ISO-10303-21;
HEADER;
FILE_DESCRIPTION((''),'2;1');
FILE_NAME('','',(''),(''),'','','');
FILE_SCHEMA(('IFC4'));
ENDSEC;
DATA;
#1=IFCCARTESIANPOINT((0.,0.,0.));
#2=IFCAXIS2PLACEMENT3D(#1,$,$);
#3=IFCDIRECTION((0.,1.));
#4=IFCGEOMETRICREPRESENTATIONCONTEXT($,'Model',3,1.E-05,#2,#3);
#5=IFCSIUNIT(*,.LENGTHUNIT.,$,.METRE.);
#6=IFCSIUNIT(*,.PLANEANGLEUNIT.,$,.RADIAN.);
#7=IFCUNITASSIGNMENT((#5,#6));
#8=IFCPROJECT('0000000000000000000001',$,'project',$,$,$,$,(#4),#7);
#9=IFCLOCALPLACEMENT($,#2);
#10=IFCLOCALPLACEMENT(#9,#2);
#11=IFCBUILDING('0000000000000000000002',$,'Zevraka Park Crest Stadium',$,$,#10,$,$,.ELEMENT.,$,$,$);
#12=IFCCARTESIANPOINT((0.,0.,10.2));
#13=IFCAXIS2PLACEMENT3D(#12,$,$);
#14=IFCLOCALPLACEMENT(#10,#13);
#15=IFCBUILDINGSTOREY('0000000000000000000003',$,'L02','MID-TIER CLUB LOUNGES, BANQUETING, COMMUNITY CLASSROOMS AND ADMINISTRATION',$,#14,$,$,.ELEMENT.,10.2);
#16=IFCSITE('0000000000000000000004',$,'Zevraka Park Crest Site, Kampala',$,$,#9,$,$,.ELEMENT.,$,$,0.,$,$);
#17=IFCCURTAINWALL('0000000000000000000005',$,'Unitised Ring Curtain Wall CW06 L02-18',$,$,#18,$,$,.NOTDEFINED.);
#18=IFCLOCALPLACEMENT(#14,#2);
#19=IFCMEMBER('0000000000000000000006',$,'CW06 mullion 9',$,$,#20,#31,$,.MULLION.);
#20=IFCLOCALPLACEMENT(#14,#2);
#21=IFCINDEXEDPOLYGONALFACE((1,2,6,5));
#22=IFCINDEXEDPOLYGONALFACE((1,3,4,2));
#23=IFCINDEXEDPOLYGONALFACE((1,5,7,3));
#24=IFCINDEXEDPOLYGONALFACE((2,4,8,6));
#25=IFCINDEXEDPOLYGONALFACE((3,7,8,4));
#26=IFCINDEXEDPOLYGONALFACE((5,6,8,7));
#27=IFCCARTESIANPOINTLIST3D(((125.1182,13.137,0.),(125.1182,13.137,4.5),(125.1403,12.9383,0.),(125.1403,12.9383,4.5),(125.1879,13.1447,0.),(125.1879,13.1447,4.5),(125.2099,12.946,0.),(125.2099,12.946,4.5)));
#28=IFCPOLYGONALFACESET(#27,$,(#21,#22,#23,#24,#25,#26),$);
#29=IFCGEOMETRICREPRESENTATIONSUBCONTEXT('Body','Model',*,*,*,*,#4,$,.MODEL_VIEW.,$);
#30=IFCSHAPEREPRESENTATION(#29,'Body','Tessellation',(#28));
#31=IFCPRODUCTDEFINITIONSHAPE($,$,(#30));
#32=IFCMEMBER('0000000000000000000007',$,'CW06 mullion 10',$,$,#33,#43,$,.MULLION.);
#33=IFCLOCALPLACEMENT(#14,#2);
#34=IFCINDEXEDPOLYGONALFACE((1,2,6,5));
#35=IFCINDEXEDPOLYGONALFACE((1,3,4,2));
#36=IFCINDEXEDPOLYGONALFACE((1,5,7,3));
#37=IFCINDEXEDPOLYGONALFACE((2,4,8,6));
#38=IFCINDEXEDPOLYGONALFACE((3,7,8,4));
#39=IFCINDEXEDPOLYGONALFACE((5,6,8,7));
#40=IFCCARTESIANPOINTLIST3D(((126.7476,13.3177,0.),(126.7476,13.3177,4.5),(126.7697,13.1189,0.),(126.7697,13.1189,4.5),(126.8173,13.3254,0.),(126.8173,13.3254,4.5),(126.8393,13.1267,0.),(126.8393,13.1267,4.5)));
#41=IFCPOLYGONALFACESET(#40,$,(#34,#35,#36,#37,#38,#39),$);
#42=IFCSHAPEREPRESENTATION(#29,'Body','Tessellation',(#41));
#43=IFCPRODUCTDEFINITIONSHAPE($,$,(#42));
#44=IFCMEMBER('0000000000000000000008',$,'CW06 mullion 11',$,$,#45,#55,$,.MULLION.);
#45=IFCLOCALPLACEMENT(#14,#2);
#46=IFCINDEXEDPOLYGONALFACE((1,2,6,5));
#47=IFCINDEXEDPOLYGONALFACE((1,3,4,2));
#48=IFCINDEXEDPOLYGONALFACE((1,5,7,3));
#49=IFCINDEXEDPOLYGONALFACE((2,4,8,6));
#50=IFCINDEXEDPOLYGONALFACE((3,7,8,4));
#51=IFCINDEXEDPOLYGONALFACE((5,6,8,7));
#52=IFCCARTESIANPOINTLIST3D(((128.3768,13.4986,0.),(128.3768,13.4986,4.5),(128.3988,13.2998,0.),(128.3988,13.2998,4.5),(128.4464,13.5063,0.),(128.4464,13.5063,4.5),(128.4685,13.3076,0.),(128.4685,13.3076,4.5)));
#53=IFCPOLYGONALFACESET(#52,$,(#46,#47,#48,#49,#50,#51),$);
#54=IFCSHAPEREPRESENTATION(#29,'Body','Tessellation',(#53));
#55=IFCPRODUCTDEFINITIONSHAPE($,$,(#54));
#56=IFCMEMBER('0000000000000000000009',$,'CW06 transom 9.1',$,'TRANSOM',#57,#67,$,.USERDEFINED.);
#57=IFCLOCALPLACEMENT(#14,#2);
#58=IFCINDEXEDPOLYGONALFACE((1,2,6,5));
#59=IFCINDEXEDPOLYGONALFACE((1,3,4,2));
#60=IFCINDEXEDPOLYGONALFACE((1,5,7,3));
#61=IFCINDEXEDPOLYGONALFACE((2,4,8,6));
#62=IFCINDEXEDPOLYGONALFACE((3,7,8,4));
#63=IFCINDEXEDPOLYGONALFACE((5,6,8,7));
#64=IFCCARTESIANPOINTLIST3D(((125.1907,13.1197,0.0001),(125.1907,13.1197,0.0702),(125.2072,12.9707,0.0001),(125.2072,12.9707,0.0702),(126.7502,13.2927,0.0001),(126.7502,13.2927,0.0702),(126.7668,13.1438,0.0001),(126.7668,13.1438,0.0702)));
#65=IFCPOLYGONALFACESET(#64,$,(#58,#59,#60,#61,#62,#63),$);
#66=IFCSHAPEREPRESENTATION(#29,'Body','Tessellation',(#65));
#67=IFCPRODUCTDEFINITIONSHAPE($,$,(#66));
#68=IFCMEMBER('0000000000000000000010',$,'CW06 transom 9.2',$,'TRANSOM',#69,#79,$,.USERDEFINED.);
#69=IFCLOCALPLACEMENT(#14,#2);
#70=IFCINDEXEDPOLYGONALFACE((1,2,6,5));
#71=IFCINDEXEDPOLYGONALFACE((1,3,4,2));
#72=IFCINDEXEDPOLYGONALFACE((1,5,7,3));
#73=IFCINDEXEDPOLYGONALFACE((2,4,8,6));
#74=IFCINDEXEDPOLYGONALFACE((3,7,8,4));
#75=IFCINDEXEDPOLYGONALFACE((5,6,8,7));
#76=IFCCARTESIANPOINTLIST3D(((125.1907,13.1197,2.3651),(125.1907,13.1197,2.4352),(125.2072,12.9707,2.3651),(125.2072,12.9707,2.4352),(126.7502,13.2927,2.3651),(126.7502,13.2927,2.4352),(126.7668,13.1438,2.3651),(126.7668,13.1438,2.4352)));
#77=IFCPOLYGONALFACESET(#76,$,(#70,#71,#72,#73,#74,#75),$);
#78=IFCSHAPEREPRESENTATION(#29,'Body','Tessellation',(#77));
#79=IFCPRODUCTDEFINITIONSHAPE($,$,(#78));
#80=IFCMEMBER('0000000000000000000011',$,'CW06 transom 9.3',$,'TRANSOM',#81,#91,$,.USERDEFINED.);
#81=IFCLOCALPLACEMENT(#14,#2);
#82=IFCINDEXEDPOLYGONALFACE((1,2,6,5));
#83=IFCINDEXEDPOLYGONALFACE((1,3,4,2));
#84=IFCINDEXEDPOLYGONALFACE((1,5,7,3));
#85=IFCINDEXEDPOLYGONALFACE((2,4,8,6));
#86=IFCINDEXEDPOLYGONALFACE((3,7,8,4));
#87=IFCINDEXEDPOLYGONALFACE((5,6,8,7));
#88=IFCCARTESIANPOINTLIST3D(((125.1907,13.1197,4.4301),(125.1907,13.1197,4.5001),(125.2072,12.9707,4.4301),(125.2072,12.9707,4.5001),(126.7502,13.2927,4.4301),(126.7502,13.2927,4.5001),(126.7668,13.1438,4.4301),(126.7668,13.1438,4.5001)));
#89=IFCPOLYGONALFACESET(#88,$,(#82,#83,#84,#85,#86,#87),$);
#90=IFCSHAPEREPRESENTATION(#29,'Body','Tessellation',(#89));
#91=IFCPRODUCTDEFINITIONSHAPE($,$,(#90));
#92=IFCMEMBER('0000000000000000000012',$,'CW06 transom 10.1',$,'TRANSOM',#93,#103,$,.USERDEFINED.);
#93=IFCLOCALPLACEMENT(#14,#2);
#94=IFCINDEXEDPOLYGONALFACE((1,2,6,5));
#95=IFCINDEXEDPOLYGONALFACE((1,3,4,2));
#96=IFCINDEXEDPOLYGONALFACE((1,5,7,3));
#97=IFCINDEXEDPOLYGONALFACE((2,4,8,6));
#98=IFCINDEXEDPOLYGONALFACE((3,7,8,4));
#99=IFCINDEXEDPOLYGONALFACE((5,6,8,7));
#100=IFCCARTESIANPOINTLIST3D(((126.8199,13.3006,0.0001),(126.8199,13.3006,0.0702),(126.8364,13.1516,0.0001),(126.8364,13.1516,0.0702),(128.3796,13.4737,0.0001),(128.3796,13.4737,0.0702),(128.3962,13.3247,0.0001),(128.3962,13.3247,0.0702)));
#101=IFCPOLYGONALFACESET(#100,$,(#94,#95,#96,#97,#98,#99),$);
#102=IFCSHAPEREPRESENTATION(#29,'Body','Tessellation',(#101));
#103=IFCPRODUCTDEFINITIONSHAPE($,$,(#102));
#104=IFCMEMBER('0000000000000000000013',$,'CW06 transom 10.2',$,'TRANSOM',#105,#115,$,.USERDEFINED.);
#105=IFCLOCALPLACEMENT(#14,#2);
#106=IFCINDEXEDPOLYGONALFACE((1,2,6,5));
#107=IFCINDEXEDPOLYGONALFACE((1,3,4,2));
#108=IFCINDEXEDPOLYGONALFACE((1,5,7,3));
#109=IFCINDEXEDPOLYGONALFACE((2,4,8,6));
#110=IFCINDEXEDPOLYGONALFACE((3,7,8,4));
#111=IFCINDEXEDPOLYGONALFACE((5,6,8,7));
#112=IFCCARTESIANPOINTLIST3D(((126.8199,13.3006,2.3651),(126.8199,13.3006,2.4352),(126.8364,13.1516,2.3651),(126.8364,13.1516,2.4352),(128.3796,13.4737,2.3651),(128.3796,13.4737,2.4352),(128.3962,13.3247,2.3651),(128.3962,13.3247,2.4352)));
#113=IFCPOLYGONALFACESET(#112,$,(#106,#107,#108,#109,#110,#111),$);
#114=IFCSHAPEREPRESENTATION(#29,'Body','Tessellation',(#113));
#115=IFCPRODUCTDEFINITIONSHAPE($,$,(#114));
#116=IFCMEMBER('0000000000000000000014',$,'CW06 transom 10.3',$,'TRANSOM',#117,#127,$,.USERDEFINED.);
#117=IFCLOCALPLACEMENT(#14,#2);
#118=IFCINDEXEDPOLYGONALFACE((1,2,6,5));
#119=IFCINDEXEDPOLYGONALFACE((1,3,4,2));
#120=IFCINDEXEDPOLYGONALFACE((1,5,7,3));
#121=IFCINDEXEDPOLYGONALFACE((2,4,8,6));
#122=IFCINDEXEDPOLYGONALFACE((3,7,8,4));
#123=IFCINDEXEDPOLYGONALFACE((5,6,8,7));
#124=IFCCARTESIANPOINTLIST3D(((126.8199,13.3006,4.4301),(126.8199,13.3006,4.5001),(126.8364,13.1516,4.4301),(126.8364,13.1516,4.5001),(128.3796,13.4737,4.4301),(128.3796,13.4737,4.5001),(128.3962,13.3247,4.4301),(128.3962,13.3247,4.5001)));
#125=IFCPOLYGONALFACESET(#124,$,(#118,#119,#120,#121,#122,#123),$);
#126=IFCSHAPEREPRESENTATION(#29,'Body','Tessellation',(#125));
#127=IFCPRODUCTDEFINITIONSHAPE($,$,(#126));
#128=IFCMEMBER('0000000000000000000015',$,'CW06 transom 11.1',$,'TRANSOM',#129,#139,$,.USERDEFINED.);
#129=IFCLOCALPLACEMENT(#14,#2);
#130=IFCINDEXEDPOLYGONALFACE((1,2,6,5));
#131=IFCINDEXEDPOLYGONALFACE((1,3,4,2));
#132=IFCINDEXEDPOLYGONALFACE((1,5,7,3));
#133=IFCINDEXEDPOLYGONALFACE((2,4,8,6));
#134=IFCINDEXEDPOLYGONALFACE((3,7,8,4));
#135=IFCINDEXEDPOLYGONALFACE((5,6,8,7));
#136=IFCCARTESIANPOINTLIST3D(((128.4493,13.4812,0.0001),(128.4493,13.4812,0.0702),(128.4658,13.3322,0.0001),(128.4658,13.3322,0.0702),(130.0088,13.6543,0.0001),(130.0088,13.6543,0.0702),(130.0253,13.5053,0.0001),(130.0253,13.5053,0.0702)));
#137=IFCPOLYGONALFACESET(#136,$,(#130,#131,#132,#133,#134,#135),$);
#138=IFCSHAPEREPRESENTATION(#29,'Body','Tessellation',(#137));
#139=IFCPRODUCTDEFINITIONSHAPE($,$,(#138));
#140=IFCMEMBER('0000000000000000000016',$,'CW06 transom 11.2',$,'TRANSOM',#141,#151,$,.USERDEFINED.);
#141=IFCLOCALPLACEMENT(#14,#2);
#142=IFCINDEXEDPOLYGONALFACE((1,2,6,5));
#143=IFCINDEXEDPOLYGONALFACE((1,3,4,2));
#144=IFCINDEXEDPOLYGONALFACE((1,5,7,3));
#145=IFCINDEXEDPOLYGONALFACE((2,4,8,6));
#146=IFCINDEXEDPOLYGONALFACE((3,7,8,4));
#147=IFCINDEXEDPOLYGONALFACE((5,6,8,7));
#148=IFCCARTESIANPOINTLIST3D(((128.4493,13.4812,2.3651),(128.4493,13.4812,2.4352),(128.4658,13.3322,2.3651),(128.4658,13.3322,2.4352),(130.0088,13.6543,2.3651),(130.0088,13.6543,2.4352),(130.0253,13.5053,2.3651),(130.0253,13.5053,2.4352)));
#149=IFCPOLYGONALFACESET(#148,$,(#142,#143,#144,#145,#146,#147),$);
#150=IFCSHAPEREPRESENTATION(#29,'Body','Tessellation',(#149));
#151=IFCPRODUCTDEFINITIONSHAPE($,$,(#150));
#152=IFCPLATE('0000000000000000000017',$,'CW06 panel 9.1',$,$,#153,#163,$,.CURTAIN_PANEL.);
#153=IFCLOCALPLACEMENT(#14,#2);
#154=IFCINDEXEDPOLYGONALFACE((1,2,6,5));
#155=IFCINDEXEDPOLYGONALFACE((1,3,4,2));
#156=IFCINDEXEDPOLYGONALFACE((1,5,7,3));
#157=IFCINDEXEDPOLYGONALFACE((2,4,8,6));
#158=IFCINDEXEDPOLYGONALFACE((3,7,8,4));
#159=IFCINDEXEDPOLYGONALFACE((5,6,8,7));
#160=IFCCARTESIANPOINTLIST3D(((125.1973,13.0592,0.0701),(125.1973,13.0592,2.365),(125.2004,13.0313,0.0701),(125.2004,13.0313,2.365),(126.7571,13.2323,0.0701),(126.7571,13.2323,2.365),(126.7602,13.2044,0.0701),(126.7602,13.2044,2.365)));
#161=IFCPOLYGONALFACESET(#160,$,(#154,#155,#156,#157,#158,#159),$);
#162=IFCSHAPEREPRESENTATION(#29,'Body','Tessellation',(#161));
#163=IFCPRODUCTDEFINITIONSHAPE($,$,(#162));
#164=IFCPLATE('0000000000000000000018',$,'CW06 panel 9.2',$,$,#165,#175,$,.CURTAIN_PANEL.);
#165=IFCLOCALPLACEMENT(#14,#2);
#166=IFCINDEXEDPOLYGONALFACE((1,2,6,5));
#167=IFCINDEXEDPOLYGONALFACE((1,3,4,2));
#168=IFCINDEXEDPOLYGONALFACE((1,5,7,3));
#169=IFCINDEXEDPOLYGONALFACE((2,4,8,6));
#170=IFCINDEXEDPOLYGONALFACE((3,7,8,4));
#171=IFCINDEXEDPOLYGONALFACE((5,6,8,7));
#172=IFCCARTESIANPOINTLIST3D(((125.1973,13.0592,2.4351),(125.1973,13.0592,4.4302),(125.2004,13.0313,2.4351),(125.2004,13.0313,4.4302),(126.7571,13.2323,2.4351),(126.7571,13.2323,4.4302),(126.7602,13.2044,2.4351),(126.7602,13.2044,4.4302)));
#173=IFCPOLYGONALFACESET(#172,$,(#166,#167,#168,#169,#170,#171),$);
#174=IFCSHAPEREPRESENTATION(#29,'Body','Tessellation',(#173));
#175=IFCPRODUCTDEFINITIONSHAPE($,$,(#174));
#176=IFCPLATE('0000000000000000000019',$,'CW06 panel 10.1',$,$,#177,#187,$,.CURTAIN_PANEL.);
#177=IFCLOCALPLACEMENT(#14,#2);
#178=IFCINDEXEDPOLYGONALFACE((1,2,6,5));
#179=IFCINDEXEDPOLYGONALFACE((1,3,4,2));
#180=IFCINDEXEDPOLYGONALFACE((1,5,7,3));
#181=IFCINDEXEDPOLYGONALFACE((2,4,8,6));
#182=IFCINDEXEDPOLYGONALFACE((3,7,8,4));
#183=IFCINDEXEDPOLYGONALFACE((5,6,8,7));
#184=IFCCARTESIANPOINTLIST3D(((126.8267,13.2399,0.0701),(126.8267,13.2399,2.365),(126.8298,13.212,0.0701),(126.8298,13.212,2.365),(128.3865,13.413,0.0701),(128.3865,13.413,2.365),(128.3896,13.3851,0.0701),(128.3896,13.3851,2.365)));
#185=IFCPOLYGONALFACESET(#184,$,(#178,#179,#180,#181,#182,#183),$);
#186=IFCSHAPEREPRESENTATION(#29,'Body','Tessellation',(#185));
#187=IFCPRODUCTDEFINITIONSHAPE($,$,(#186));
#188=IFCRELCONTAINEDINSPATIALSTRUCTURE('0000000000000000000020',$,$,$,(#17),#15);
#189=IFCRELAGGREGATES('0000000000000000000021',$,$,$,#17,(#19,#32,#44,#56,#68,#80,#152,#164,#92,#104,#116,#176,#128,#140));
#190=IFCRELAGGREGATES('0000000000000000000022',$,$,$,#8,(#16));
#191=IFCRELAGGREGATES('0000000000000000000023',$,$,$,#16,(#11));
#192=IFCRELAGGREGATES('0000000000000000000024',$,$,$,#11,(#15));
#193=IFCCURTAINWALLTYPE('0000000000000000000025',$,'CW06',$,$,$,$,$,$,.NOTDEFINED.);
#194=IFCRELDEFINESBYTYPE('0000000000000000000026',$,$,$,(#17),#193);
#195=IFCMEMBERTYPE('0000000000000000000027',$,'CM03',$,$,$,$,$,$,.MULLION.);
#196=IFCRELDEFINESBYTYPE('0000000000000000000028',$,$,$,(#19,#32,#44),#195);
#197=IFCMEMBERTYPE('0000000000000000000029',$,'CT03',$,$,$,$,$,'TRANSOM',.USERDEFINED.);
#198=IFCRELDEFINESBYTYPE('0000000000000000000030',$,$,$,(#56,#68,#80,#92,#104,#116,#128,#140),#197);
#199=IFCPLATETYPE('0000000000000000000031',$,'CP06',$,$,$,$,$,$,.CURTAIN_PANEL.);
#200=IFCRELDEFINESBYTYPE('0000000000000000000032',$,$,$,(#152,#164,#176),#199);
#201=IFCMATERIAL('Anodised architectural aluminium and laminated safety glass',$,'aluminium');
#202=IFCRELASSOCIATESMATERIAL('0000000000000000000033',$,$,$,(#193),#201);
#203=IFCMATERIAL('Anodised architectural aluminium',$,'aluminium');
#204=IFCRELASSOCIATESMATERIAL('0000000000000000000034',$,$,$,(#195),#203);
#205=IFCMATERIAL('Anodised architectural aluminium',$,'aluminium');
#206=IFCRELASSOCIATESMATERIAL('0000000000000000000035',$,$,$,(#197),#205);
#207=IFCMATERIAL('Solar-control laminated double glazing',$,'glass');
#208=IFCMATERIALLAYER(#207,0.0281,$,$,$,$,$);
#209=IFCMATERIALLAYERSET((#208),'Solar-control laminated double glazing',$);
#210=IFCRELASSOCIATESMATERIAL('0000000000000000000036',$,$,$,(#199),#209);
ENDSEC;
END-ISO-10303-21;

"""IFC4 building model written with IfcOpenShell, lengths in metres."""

from ifc_helpers import new_model, si_unit, direction, frame, origin, origin_2d, place, context, subcontext, project, spatial, rectangle, extrude, material, layer, layer_set, material_profile, profile_set, type_object, element, aggregate, save


model = new_model("IFC4")

# Units and contexts
model_context = context("Model", 3, precision=1e-05, world=origin(), true_north=direction((0.0, 1.0)))
body_context = subcontext(model_context, "Body", "Model", "MODEL_VIEW")
ifc_project = project(units=[si_unit("LENGTHUNIT", "METRE"), si_unit("PLANEANGLEUNIT", "RADIAN")], contexts=[model_context])

# Site, building, storey
site_placement = place(None, origin())
site = spatial("IfcSite", under=ifc_project, at=site_placement, Name="Zevraka Park Crest Site, Kampala", CompositionType="ELEMENT", RefElevation=0.0)
building_placement = place(site_placement, origin())
building = spatial("IfcBuilding", under=site, at=building_placement, Name="Zevraka Park Crest Stadium", CompositionType="ELEMENT")
storey_placement = place(building_placement, frame((0.0, 0.0, 10.2)))
storey = spatial("IfcBuildingStorey", under=building, at=storey_placement, Name="L02", Description="MID-TIER CLUB LOUNGES, BANQUETING, COMMUNITY CLASSROOMS AND ADMINISTRATION", CompositionType="ELEMENT", Elevation=10.2)

# Curtain wall, members, plates
ifc_material_1 = material(Name="Anodised architectural aluminium and laminated safety glass", Category="aluminium")
curtain_wall_type = type_object("IfcCurtainWallType", Name="CW06", PredefinedType="NOTDEFINED", material=ifc_material_1)
curtain_wall_placement = place(storey_placement, origin())
curtain_wall = element("IfcCurtainWall", 1, at=curtain_wall_placement, inside=storey, type_object=curtain_wall_type, Name="Unitised Ring Curtain Wall CW06 L02-18", PredefinedType="NOTDEFINED")
ifc_material_2 = material(Name="Anodised architectural aluminium", Category="aluminium")
ifc_material_profile_1 = material_profile(ifc_material_2, rectangle(XDim=0.2, YDim=0.0701, at=origin_2d()), Name="ALU MULLION 200x70")
ifc_profile_set_1 = profile_set([ifc_material_profile_1], Name="Anodised architectural aluminium")
member_type_1 = type_object("IfcMemberType", Name="CM03", PredefinedType="MULLION", material=ifc_profile_set_1)
member_1_placement = place(storey_placement, frame((125.1641, 13.0415, 0.0), z_axis=(0.0, 0.0, 1.0), x_axis=(-0.110293, 0.993899, 0.0)))
member_1 = element("IfcMember", 2, at=member_1_placement, type_object=member_type_1, Name="CW06 mullion 9", PredefinedType="MULLION", context=body_context, shape_type="SweptSolid", body=[
    extrude(rectangle(XDim=0.2, YDim=0.0701, at=origin_2d()), origin(), (0.0, 0.0, 1.0), 4.5),
])
member_2_placement = place(storey_placement, frame((126.7935, 13.2222, 0.0), z_axis=(0.0, 0.0, 1.0), x_axis=(-0.110293, 0.993899, 0.0)))
member_2 = element("IfcMember", 3, at=member_2_placement, type_object=member_type_1, Name="CW06 mullion 10", PredefinedType="MULLION", context=body_context, shape_type="SweptSolid", body=[
    extrude(rectangle(XDim=0.2, YDim=0.0701, at=origin_2d()), origin(), (0.0, 0.0, 1.0), 4.5),
])
member_3_placement = place(storey_placement, frame((128.4226, 13.4031, 0.0), z_axis=(0.0, 0.0, 1.0), x_axis=(-0.110293, 0.993899, 0.0)))
member_3 = element("IfcMember", 4, at=member_3_placement, type_object=member_type_1, Name="CW06 mullion 11", PredefinedType="MULLION", context=body_context, shape_type="SweptSolid", body=[
    extrude(rectangle(XDim=0.2, YDim=0.0701, at=origin_2d()), origin(), (0.0, 0.0, 1.0), 4.5),
])
ifc_material_3 = material(Name="Anodised architectural aluminium", Category="aluminium")
ifc_material_profile_2 = material_profile(ifc_material_3, rectangle(XDim=0.1499, YDim=0.0701, at=origin_2d()), Name="ALU TRANSOM 150x70")
ifc_profile_set_2 = profile_set([ifc_material_profile_2], Name="Anodised architectural aluminium")
member_type_2 = type_object("IfcMemberType", Name="CT03", ElementType="TRANSOM", PredefinedType="USERDEFINED", material=ifc_profile_set_2)
member_4_placement = place(storey_placement, frame((125.199, 13.0452, 0.0352), z_axis=(0.993897, 0.110312, 0.0), x_axis=(-0.110312, 0.993897, 0.0)))
member_4 = element("IfcMember", 5, at=member_4_placement, type_object=member_type_2, Name="CW06 transom 9.1", ObjectType="TRANSOM", PredefinedType="USERDEFINED", context=body_context, shape_type="SweptSolid", body=[
    extrude(rectangle(XDim=0.1499, YDim=0.0701, at=origin_2d()), origin(), (0.0, 0.0, 1.0), 1.5691),
])
member_5_placement = place(storey_placement, frame((125.199, 13.0452, 2.4001), z_axis=(0.993897, 0.110312, 0.0), x_axis=(-0.110312, 0.993897, 0.0)))
member_5 = element("IfcMember", 6, at=member_5_placement, type_object=member_type_2, Name="CW06 transom 9.2", ObjectType="TRANSOM", PredefinedType="USERDEFINED", context=body_context, shape_type="SweptSolid", body=[
    extrude(rectangle(XDim=0.1499, YDim=0.0701, at=origin_2d()), origin(), (0.0, 0.0, 1.0), 1.5691),
])
member_6_placement = place(storey_placement, frame((125.199, 13.0452, 4.4651), z_axis=(0.993897, 0.110312, 0.0), x_axis=(-0.110312, 0.993897, 0.0)))
member_6 = element("IfcMember", 7, at=member_6_placement, type_object=member_type_2, Name="CW06 transom 9.3", ObjectType="TRANSOM", PredefinedType="USERDEFINED", context=body_context, shape_type="SweptSolid", body=[
    extrude(rectangle(XDim=0.1499, YDim=0.0701, at=origin_2d()), origin(), (0.0, 0.0, 1.0), 1.5691),
])
member_7_placement = place(storey_placement, frame((126.8281, 13.2261, 0.0352), z_axis=(0.993899, 0.110295, 0.0), x_axis=(-0.110295, 0.993899, 0.0)))
member_7 = element("IfcMember", 8, at=member_7_placement, type_object=member_type_2, Name="CW06 transom 10.1", ObjectType="TRANSOM", PredefinedType="USERDEFINED", context=body_context, shape_type="SweptSolid", body=[
    extrude(rectangle(XDim=0.1499, YDim=0.0701, at=origin_2d()), origin(), (0.0, 0.0, 1.0), 1.5693),
])
member_8_placement = place(storey_placement, frame((126.8281, 13.2261, 2.4001), z_axis=(0.993899, 0.110295, 0.0), x_axis=(-0.110295, 0.993899, 0.0)))
member_8 = element("IfcMember", 9, at=member_8_placement, type_object=member_type_2, Name="CW06 transom 10.2", ObjectType="TRANSOM", PredefinedType="USERDEFINED", context=body_context, shape_type="SweptSolid", body=[
    extrude(rectangle(XDim=0.1499, YDim=0.0701, at=origin_2d()), origin(), (0.0, 0.0, 1.0), 1.5693),
])
member_9_placement = place(storey_placement, frame((126.8281, 13.2261, 4.4651), z_axis=(0.993899, 0.110295, 0.0), x_axis=(-0.110295, 0.993899, 0.0)))
member_9 = element("IfcMember", 10, at=member_9_placement, type_object=member_type_2, Name="CW06 transom 10.3", ObjectType="TRANSOM", PredefinedType="USERDEFINED", context=body_context, shape_type="SweptSolid", body=[
    extrude(rectangle(XDim=0.1499, YDim=0.0701, at=origin_2d()), origin(), (0.0, 0.0, 1.0), 1.5693),
])
member_10_placement = place(storey_placement, frame((128.4575, 13.4067, 0.0352), z_axis=(0.993897, 0.110312, 0.0), x_axis=(-0.110312, 0.993897, 0.0)))
member_10 = element("IfcMember", 11, at=member_10_placement, type_object=member_type_2, Name="CW06 transom 11.1", ObjectType="TRANSOM", PredefinedType="USERDEFINED", context=body_context, shape_type="SweptSolid", body=[
    extrude(rectangle(XDim=0.1499, YDim=0.0701, at=origin_2d()), origin(), (0.0, 0.0, 1.0), 1.5691),
])
member_11_placement = place(storey_placement, frame((128.4575, 13.4067, 2.4001), z_axis=(0.993897, 0.110312, 0.0), x_axis=(-0.110312, 0.993897, 0.0)))
member_11 = element("IfcMember", 12, at=member_11_placement, type_object=member_type_2, Name="CW06 transom 11.2", ObjectType="TRANSOM", PredefinedType="USERDEFINED", context=body_context, shape_type="SweptSolid", body=[
    extrude(rectangle(XDim=0.1499, YDim=0.0701, at=origin_2d()), origin(), (0.0, 0.0, 1.0), 1.5691),
])
ifc_material_4 = material(Name="Solar-control laminated double glazing", Category="glass")
ifc_layer_1 = layer(ifc_material_4, 0.0281)
ifc_layer_set_1 = layer_set([ifc_layer_1], Name="Solar-control laminated double glazing")
plate_type = type_object("IfcPlateType", Name="CP06", PredefinedType="CURTAIN_PANEL", material=ifc_layer_set_1)
plate_1_placement = place(storey_placement, frame((125.9788, 13.1318, 0.0701), z_axis=(0.0, 0.0, 1.0), x_axis=(0.993899, 0.110293, 0.0)))
plate_1 = element("IfcPlate", 13, at=plate_1_placement, type_object=plate_type, Name="CW06 panel 9.1", PredefinedType="CURTAIN_PANEL", context=body_context, shape_type="SweptSolid", body=[
    extrude(rectangle(XDim=1.5693, YDim=0.0281, at=origin_2d()), origin(), (0.0, 0.0, 1.0), 2.2949),
])
plate_2_placement = place(storey_placement, frame((125.9788, 13.1318, 2.4351), z_axis=(0.0, 0.0, 1.0), x_axis=(0.993899, 0.110293, 0.0)))
plate_2 = element("IfcPlate", 14, at=plate_2_placement, type_object=plate_type, Name="CW06 panel 9.2", PredefinedType="CURTAIN_PANEL", context=body_context, shape_type="SweptSolid", body=[
    extrude(rectangle(XDim=1.5693, YDim=0.0281, at=origin_2d()), origin(), (0.0, 0.0, 1.0), 1.9951),
])
plate_3_placement = place(storey_placement, frame((127.6082, 13.3125, 0.0701), z_axis=(0.0, 0.0, 1.0), x_axis=(0.993899, 0.110293, 0.0)))
plate_3 = element("IfcPlate", 15, at=plate_3_placement, type_object=plate_type, Name="CW06 panel 10.1", PredefinedType="CURTAIN_PANEL", context=body_context, shape_type="SweptSolid", body=[
    extrude(rectangle(XDim=1.5693, YDim=0.0281, at=origin_2d()), origin(), (0.0, 0.0, 1.0), 2.2949),
])
aggregate(curtain_wall, [member_1, member_2, member_3, member_4, member_5, member_6, plate_1, plate_2, member_7, member_8, member_9, plate_3, member_10, member_11])

save(model, "model.ifc")
